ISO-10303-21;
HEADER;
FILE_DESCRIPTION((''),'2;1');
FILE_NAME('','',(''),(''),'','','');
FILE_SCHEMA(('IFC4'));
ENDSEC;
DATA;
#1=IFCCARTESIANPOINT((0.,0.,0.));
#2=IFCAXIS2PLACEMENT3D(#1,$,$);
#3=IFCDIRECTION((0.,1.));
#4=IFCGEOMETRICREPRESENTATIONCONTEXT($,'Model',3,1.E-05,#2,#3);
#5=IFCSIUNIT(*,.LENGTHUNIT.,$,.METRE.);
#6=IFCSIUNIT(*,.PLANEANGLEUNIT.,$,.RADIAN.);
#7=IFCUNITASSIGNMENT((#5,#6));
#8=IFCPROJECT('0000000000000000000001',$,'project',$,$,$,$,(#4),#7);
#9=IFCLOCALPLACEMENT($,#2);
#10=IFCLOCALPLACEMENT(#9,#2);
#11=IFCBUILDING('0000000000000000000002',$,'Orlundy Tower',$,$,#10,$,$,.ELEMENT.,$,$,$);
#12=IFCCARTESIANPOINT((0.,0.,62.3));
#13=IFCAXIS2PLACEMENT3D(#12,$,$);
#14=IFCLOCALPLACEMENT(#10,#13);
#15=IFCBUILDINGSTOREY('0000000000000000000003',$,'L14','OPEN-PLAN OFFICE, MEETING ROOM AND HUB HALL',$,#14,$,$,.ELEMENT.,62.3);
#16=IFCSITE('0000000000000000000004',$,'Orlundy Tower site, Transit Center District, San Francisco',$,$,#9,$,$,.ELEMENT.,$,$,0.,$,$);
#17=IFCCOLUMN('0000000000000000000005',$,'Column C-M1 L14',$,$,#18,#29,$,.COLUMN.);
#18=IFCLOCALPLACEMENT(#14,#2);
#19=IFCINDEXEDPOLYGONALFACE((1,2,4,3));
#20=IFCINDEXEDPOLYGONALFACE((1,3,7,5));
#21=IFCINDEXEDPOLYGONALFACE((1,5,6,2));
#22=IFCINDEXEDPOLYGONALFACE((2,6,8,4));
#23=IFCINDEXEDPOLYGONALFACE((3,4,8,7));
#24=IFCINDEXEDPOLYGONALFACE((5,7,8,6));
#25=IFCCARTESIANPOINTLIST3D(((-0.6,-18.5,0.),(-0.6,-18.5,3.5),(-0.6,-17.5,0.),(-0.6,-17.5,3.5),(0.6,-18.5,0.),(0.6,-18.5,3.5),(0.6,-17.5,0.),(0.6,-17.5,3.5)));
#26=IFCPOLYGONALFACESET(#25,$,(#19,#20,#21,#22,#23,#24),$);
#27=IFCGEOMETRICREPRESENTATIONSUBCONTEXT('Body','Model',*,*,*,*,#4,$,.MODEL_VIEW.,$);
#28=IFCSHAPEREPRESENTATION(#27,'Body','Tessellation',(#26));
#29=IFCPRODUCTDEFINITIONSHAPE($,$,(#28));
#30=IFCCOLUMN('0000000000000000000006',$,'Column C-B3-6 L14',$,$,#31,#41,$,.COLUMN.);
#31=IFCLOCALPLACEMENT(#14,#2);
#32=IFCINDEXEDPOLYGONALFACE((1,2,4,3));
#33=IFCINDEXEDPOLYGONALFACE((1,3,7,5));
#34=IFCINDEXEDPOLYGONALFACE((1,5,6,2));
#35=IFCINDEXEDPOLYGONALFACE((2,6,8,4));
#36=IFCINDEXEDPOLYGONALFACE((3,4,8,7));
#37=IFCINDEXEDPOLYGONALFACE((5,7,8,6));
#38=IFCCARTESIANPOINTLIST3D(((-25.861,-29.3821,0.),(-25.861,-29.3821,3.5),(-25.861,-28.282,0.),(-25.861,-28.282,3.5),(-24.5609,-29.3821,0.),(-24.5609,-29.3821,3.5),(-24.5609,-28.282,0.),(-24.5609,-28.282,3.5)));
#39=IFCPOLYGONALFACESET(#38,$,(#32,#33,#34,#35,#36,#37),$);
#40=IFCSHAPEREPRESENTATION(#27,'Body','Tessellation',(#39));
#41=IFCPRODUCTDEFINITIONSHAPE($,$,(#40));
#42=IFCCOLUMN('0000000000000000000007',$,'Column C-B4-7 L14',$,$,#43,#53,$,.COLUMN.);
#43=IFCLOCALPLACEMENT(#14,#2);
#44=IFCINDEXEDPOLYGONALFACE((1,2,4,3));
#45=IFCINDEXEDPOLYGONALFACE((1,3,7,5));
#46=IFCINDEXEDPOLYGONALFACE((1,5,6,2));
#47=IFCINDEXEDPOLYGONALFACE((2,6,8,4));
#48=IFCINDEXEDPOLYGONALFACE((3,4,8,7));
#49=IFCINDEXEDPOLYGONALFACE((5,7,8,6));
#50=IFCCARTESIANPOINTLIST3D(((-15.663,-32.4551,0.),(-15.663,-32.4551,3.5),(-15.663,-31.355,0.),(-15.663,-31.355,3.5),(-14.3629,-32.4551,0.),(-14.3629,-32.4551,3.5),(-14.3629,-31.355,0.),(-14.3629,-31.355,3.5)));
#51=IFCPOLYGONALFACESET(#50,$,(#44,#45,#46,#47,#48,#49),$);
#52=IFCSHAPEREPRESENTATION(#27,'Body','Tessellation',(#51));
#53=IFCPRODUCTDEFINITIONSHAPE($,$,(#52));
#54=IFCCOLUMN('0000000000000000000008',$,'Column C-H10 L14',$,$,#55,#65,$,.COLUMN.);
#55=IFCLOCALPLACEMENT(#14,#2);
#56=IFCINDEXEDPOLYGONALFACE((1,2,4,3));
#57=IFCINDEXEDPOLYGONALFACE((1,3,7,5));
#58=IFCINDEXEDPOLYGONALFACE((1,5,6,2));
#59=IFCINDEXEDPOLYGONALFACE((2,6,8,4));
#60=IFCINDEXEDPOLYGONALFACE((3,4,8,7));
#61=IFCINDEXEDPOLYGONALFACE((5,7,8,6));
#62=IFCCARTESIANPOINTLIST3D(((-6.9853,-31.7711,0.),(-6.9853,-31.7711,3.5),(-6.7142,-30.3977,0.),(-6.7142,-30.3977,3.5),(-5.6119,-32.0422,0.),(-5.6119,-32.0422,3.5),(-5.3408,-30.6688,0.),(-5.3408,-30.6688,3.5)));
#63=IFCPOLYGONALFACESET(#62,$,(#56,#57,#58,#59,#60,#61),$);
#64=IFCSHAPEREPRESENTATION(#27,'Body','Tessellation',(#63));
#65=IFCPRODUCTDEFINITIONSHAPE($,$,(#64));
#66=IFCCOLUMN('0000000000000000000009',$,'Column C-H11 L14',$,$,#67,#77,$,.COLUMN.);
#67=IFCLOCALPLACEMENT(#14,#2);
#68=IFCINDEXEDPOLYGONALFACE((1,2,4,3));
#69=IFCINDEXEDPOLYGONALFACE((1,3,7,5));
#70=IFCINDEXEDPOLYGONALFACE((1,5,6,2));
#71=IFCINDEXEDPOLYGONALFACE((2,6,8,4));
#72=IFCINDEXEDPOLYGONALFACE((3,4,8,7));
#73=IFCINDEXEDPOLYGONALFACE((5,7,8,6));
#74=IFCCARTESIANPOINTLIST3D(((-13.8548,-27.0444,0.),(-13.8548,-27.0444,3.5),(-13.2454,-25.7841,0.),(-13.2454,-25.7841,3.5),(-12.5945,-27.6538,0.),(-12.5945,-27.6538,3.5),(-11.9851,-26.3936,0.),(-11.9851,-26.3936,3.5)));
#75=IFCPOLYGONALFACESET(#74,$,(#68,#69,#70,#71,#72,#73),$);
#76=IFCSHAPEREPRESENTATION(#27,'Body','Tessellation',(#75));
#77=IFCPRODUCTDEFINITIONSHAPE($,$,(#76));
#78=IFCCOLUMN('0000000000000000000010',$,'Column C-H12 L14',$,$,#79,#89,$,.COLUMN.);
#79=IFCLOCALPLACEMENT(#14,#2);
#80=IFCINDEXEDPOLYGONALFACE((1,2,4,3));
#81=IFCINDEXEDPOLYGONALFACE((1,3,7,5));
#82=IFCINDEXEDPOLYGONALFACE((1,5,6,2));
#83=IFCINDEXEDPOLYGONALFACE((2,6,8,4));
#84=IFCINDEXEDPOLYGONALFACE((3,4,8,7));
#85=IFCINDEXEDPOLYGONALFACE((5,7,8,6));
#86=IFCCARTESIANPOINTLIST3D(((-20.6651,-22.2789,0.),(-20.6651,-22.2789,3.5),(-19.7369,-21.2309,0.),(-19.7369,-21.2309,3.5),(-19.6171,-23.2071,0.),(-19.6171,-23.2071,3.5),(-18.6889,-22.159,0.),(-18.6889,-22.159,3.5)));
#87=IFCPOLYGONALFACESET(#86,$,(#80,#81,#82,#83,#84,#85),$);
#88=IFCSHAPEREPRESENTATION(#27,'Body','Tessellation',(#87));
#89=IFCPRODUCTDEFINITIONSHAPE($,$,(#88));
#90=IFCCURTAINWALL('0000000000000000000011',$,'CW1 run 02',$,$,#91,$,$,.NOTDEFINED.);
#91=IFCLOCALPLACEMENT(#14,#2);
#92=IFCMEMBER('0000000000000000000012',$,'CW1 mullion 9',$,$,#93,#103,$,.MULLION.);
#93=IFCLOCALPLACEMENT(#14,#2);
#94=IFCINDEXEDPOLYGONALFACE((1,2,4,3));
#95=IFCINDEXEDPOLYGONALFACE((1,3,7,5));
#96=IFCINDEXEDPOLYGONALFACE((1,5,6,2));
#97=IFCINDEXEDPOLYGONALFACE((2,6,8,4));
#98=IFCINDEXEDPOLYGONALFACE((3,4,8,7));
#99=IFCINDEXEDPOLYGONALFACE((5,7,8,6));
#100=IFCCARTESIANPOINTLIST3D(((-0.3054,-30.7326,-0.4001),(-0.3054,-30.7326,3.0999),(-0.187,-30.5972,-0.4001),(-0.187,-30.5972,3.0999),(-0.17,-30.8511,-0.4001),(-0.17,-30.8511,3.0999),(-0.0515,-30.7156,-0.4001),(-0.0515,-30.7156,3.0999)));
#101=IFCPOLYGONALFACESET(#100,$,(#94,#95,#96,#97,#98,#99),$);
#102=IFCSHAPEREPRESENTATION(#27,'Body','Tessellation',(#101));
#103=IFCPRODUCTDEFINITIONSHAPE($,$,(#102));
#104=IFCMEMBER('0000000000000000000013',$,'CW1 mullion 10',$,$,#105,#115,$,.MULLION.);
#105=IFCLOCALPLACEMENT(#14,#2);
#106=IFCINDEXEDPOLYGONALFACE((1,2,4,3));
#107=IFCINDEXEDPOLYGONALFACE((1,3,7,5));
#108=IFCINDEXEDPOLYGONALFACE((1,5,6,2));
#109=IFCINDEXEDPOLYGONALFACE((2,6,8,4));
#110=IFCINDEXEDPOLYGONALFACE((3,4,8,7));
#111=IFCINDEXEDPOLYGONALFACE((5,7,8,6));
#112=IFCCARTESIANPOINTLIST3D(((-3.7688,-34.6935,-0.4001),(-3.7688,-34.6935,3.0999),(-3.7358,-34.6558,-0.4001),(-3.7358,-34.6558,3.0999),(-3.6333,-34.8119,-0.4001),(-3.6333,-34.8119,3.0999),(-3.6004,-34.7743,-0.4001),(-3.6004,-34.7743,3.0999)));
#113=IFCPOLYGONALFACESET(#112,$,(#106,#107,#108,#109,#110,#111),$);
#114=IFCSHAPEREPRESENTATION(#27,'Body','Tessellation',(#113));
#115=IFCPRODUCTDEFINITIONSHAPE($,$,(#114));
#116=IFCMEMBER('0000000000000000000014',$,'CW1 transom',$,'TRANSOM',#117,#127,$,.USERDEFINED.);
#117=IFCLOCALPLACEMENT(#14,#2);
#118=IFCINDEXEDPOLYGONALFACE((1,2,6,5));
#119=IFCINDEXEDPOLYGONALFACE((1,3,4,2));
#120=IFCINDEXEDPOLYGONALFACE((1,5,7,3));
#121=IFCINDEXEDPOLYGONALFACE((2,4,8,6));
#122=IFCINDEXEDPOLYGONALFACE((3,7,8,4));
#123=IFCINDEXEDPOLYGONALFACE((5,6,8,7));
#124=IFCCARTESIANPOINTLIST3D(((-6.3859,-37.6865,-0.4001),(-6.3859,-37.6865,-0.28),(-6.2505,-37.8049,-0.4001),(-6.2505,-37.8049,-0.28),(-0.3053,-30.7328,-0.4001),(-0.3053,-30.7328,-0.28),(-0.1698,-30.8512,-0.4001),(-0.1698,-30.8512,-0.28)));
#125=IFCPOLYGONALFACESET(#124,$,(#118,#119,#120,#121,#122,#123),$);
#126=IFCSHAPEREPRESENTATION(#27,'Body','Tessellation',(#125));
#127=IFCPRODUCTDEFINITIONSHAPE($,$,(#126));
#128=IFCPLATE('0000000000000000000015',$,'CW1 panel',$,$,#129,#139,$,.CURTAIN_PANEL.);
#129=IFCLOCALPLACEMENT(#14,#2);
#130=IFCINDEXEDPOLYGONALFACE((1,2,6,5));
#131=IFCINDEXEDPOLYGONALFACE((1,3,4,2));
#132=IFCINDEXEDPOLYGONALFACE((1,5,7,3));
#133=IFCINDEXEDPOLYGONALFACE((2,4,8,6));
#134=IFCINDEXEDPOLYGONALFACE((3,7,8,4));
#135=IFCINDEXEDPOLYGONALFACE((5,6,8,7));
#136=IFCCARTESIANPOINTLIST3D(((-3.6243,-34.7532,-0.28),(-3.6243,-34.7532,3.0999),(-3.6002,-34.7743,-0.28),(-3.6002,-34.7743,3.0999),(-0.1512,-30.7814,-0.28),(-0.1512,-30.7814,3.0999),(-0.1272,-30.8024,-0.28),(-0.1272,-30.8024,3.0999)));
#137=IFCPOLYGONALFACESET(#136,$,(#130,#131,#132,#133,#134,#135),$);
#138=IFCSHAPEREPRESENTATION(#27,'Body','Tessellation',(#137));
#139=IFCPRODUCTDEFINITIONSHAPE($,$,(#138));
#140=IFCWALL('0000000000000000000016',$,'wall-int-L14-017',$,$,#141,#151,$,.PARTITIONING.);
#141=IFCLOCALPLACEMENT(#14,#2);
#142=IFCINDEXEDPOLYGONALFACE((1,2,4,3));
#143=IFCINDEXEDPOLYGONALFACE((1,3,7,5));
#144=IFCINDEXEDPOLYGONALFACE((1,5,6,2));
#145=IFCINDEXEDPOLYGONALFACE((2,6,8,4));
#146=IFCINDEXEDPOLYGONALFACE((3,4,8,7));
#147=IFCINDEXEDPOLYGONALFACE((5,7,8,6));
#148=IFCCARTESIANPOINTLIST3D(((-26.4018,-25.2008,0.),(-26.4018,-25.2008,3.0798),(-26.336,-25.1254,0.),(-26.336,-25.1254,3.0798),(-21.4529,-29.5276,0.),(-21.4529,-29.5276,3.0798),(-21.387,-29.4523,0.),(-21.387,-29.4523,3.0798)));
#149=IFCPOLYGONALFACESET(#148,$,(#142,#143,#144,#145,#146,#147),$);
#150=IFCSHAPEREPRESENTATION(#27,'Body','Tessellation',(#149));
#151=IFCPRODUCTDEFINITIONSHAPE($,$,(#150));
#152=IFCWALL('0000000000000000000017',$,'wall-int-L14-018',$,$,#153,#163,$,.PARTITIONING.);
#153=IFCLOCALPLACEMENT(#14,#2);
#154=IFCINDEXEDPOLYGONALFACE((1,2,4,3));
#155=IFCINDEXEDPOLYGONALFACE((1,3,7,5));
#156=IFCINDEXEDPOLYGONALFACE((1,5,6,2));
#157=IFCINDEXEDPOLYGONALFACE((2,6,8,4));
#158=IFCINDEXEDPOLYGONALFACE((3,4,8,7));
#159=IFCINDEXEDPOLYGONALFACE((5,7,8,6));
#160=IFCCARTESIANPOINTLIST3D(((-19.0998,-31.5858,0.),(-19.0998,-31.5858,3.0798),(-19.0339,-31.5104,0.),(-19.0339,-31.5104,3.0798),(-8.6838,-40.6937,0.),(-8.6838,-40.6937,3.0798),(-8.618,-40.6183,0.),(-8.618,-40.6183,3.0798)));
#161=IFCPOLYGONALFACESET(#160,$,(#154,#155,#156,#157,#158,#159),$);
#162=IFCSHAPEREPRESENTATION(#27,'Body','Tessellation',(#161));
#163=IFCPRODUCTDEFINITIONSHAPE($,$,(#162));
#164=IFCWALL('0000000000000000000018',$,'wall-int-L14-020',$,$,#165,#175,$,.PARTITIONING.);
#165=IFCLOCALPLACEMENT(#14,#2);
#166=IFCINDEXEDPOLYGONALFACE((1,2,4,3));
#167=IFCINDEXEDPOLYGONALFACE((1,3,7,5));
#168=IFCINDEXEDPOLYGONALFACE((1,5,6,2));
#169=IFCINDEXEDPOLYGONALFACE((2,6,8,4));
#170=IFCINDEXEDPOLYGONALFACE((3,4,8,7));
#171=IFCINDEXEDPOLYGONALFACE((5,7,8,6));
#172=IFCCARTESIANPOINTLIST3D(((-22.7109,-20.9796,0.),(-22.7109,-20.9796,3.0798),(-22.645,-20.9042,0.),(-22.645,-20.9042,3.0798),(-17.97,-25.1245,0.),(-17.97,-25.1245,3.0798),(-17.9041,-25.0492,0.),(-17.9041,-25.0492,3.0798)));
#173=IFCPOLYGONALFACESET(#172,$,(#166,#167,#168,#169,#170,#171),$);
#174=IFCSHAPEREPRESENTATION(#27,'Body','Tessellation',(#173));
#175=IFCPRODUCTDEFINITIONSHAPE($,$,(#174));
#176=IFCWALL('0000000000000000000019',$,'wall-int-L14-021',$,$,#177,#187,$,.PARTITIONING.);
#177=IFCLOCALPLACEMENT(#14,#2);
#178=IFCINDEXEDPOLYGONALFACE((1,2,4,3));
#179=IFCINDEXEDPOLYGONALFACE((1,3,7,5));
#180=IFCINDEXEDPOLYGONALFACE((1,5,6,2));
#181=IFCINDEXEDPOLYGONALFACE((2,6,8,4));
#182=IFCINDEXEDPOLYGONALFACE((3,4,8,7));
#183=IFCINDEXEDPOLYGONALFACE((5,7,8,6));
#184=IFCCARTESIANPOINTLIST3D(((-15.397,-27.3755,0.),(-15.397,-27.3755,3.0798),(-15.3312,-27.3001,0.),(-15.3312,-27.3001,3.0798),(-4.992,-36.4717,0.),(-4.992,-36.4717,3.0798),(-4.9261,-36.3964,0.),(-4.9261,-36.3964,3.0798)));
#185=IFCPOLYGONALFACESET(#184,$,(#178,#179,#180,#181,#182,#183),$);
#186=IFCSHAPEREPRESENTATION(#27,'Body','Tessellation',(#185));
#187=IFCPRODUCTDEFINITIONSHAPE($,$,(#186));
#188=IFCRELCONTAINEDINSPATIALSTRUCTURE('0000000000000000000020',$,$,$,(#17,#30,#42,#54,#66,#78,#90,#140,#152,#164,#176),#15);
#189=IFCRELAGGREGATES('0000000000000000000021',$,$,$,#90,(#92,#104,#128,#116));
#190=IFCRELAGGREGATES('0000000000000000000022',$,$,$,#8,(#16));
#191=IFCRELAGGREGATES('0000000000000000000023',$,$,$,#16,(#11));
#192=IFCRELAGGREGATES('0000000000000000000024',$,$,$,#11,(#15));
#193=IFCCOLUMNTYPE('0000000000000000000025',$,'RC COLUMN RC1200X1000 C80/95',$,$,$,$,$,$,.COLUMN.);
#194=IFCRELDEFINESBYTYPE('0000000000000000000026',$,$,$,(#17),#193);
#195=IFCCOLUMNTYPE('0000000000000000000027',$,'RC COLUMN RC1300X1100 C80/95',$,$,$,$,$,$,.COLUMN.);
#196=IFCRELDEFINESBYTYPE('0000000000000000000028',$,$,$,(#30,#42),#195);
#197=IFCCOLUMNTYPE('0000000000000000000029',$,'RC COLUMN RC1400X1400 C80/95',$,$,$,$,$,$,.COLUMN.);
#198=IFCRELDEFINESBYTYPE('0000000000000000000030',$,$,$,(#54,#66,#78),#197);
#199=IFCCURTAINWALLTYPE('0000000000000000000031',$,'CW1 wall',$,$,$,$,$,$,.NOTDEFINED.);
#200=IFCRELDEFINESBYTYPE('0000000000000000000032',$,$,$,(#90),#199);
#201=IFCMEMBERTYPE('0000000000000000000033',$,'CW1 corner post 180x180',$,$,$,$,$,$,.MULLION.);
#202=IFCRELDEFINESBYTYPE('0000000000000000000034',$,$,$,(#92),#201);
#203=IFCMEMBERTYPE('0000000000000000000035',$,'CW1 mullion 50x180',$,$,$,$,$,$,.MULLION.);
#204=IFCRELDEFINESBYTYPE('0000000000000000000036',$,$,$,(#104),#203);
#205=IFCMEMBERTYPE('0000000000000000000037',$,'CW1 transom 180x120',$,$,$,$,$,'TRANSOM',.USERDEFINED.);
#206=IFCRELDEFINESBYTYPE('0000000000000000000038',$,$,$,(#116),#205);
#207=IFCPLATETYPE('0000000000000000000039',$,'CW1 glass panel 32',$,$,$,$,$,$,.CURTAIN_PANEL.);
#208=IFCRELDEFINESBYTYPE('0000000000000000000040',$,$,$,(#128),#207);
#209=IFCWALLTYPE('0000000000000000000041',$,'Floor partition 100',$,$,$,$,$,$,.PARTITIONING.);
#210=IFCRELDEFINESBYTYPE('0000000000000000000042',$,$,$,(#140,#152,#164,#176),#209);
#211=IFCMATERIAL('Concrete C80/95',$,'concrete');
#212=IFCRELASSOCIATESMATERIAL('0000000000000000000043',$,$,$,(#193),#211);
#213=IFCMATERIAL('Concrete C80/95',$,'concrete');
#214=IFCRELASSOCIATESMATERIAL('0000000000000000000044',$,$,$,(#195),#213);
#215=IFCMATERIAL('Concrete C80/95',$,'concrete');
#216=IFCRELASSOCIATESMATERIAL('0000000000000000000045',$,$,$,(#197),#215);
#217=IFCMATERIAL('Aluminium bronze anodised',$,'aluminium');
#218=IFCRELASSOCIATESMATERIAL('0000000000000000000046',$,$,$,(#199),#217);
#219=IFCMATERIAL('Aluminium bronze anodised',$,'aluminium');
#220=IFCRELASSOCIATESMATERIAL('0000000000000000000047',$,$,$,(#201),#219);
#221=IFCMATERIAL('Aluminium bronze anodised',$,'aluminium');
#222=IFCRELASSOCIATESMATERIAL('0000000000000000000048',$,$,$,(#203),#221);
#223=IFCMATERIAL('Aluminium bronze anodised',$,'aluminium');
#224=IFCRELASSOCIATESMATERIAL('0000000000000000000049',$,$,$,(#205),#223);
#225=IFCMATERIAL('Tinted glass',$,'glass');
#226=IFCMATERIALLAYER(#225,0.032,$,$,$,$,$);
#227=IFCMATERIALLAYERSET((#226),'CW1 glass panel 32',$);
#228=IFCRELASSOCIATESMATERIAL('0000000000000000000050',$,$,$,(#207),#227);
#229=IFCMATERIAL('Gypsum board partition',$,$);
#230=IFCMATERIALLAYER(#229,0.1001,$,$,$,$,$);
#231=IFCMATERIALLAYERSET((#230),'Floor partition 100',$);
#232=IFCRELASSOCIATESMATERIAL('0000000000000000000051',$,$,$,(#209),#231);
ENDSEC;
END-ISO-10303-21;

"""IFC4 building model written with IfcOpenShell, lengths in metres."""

from ifc_helpers import new_model, si_unit, direction, frame, frame_2d, origin, origin_2d, place, context, subcontext, project, spatial, rectangle, extrude, material, layer, layer_set, material_profile, profile_set, type_object, element, aggregate, save


model = new_model("IFC4")

# Units and contexts
model_context = context("Model", 3, precision=1e-05, world=origin(), true_north=direction((0.0, 1.0)))
body_context = subcontext(model_context, "Body", "Model", "MODEL_VIEW")
ifc_project = project(units=[si_unit("LENGTHUNIT", "METRE"), si_unit("PLANEANGLEUNIT", "RADIAN")], contexts=[model_context])

# Site, building, storey
site_placement = place(None, origin())
site = spatial("IfcSite", under=ifc_project, at=site_placement, Name="Orlundy Tower site, Transit Center District, San Francisco", CompositionType="ELEMENT", RefElevation=0.0)
building_placement = place(site_placement, origin())
building = spatial("IfcBuilding", under=site, at=building_placement, Name="Orlundy Tower", CompositionType="ELEMENT")
storey_placement = place(building_placement, frame((0.0, 0.0, 62.3)))
storey = spatial("IfcBuildingStorey", under=building, at=storey_placement, Name="L14", Description="OPEN-PLAN OFFICE, MEETING ROOM AND HUB HALL", CompositionType="ELEMENT", Elevation=62.3)

# Columns
ifc_material_1 = material(Name="Concrete C80/95", Category="concrete")
ifc_material_profile_1 = material_profile(ifc_material_1, rectangle(XDim=1.2, YDim=1.0, at=origin_2d()), Name="RC1200X1000")
ifc_profile_set_1 = profile_set([ifc_material_profile_1], Name="Concrete C80/95")
column_type_1 = type_object("IfcColumnType", Name="RC COLUMN RC1200X1000 C80/95", PredefinedType="COLUMN", material=ifc_profile_set_1)
column_placement = place(storey_placement, frame((0.0, -18.0, 0.0), z_axis=(0.0, 0.0, 1.0), x_axis=(1.0, 0.0, 0.0)))
element("IfcColumn", 1, at=column_placement, inside=storey, type_object=column_type_1, Name="Column C-M1 L14", PredefinedType="COLUMN", context=body_context, shape_type="SweptSolid", body=[
    extrude(rectangle(XDim=1.2, YDim=1.0, at=origin_2d()), origin(), (0.0, 0.0, 1.0), 3.5),
])
ifc_material_2 = material(Name="Concrete C80/95", Category="concrete")
ifc_material_profile_2 = material_profile(ifc_material_2, rectangle(XDim=1.3, YDim=1.1001, at=origin_2d()), Name="RC1300X1100")
ifc_profile_set_2 = profile_set([ifc_material_profile_2], Name="Concrete C80/95")
column_type_2 = type_object("IfcColumnType", Name="RC COLUMN RC1300X1100 C80/95", PredefinedType="COLUMN", material=ifc_profile_set_2)
for number, where, z_axis, x_axis, name in (
    (2, (-25.2109, -28.832, 0.0), (0.0, 0.0, 1.0), (1.0, 0.0, 0.0), "Column C-B3-6 L14"),
    (3, (-15.0129, -31.905, 0.0), (0.0, 0.0, 1.0), (1.0, 0.0, 0.0), "Column C-B4-7 L14"),
):
    element("IfcColumn", number, at=place(storey_placement, frame(where, z_axis=z_axis, x_axis=x_axis)), inside=storey, type_object=column_type_2, Name=name, PredefinedType="COLUMN", context=body_context, shape_type="SweptSolid", body=[
        extrude(rectangle(XDim=1.3, YDim=1.1001, at=origin_2d()), origin(), (0.0, 0.0, 1.0), 3.5),
    ])
ifc_material_3 = material(Name="Concrete C80/95", Category="concrete")
ifc_material_profile_3 = material_profile(ifc_material_3, rectangle(XDim=1.3999, YDim=1.3999, at=origin_2d()), Name="RC1400X1400")
ifc_profile_set_3 = profile_set([ifc_material_profile_3], Name="Concrete C80/95")
column_type_3 = type_object("IfcColumnType", Name="RC COLUMN RC1400X1400 C80/95", PredefinedType="COLUMN", material=ifc_profile_set_3)
for number, where, z_axis, x_axis, name in (
    (4, (-6.1631, -31.22, 0.0), (0.0, 0.0, 1.0), (-0.193669, -0.981067, 0.0), "Column C-H10 L14"),
    (5, (-12.9199, -26.719, 0.0), (0.0, 0.0, 1.0), (-0.435325, -0.900273, 0.0), "Column C-H11 L14"),
    (6, (-19.677, -22.219, 0.0), (0.0, 0.0, 1.0), (-0.662986, -0.748632, 0.0), "Column C-H12 L14"),
):
    element("IfcColumn", number, at=place(storey_placement, frame(where, z_axis=z_axis, x_axis=x_axis)), inside=storey, type_object=column_type_3, Name=name, PredefinedType="COLUMN", context=body_context, shape_type="SweptSolid", body=[
        extrude(rectangle(XDim=1.3999, YDim=1.3999, at=origin_2d()), origin(), (0.0, 0.0, 1.0), 3.5),
    ])

# Curtain wall, members, plate
ifc_material_4 = material(Name="Aluminium bronze anodised", Category="aluminium")
curtain_wall_type = type_object("IfcCurtainWallType", Name="CW1 wall", PredefinedType="NOTDEFINED", material=ifc_material_4)
curtain_wall_placement = place(storey_placement, origin())
curtain_wall = element("IfcCurtainWall", 7, at=curtain_wall_placement, inside=storey, type_object=curtain_wall_type, Name="CW1 run 02", PredefinedType="NOTDEFINED")
ifc_material_5 = material(Name="Aluminium bronze anodised", Category="aluminium")
ifc_material_profile_4 = material_profile(ifc_material_5, rectangle(XDim=0.1799, YDim=0.1799, at=origin_2d()), Name="CW1 corner post 180x180")
ifc_profile_set_4 = profile_set([ifc_material_profile_4], Name="Aluminium bronze anodised")
member_type_1 = type_object("IfcMemberType", Name="CW1 corner post 180x180", PredefinedType="MULLION", material=ifc_profile_set_4)
member_1_placement = place(storey_placement, frame((-0.1785, -30.7241, -0.4001), z_axis=(0.0, 0.0, 1.0), x_axis=(0.752792, -0.658259, 0.0)))
member_1 = element("IfcMember", 8, at=member_1_placement, type_object=member_type_1, Name="CW1 mullion 9", PredefinedType="MULLION", context=body_context, shape_type="SweptSolid", body=[
    extrude(rectangle(XDim=0.1799, YDim=0.1799, at=origin_2d()), origin(), (0.0, 0.0, 1.0), 3.5),
])
ifc_material_6 = material(Name="Aluminium bronze anodised", Category="aluminium")
ifc_material_profile_5 = material_profile(ifc_material_6, rectangle(XDim=0.1799, YDim=0.05, at=origin_2d()), Name="CW1 mullion 50x180")
ifc_profile_set_5 = profile_set([ifc_material_profile_5], Name="Aluminium bronze anodised")
member_type_2 = type_object("IfcMemberType", Name="CW1 mullion 50x180", PredefinedType="MULLION", material=ifc_profile_set_5)
member_2_placement = place(storey_placement, frame((-3.6846, -34.7339, -0.4001), z_axis=(0.0, 0.0, 1.0), x_axis=(0.752792, -0.658259, 0.0)))
member_2 = element("IfcMember", 9, at=member_2_placement, type_object=member_type_2, Name="CW1 mullion 10", PredefinedType="MULLION", context=body_context, shape_type="SweptSolid", body=[
    extrude(rectangle(XDim=0.1799, YDim=0.05, at=origin_2d()), origin(), (0.0, 0.0, 1.0), 3.5),
])
ifc_material_7 = material(Name="Aluminium bronze anodised", Category="aluminium")
ifc_material_profile_6 = material_profile(ifc_material_7, rectangle(XDim=0.1799, YDim=0.1201, at=origin_2d()), Name="CW1 transom 180x120")
ifc_profile_set_6 = profile_set([ifc_material_profile_6], Name="Aluminium bronze anodised")
member_type_3 = type_object("IfcMemberType", Name="CW1 transom 180x120", ElementType="TRANSOM", PredefinedType="USERDEFINED", material=ifc_profile_set_6)
member_3_placement = place(storey_placement, frame((-0.2375, -30.792, -0.3401), z_axis=(-0.658269, -0.752783, 0.0), x_axis=(0.752783, -0.658269, 0.0)))
member_3 = element("IfcMember", 10, at=member_3_placement, type_object=member_type_3, Name="CW1 transom", ObjectType="TRANSOM", PredefinedType="USERDEFINED", context=body_context, shape_type="SweptSolid", body=[
    extrude(rectangle(XDim=0.1799, YDim=0.1201, at=origin_2d()), origin(), (0.0, 0.0, 1.0), 9.2373),
])
ifc_material_8 = material(Name="Tinted glass", Category="glass")
ifc_layer_1 = layer(ifc_material_8, 0.032)
ifc_layer_set_1 = layer_set([ifc_layer_1], Name="CW1 glass panel 32")
plate_type = type_object("IfcPlateType", Name="CW1 glass panel 32", PredefinedType="CURTAIN_PANEL", material=ifc_layer_set_1)
plate_placement = place(storey_placement, frame((-1.8757, -32.7778, -0.28), z_axis=(0.0, 0.0, 1.0), x_axis=(-0.658259, -0.752792, 0.0)))
plate = element("IfcPlate", 11, at=plate_placement, type_object=plate_type, Name="CW1 panel", PredefinedType="CURTAIN_PANEL", context=body_context, shape_type="SweptSolid", body=[
    extrude(rectangle(XDim=5.2761, YDim=0.032, at=origin_2d()), origin(), (0.0, 0.0, 1.0), 3.3799),
])
aggregate(curtain_wall, [member_1, member_2, plate, member_3])

# Walls
ifc_material_9 = material(Name="Gypsum board partition")
ifc_layer_2 = layer(ifc_material_9, 0.1001)
ifc_layer_set_2 = layer_set([ifc_layer_2], Name="Floor partition 100")
wall_type_1 = type_object("IfcWallType", Name="Floor partition 100", PredefinedType="PARTITIONING", material=ifc_layer_set_2)
wall_1_placement = place(storey_placement, frame((-26.3689, -25.1631, 0.0), z_axis=(0.0, 0.0, 1.0), x_axis=(0.752837, -0.658207, 0.0)))
element("IfcWall", 12, at=wall_1_placement, inside=storey, type_object=wall_type_1, Name="wall-int-L14-017", PredefinedType="PARTITIONING", context=body_context, shape_type="SweptSolid", body=[
    extrude(rectangle(XDim=6.5737, YDim=0.1001, at=frame_2d((3.2869, 0.0))), origin(), (0.0, 0.0, 1.0), 3.0798),
])
wall_2_placement = place(storey_placement, frame((-19.0669, -31.5481, 0.0), z_axis=(0.0, 0.0, 1.0), x_axis=(0.752795, -0.658255, 0.0)))
element("IfcWall", 13, at=wall_2_placement, inside=storey, type_object=wall_type_1, Name="wall-int-L14-018", PredefinedType="PARTITIONING", context=body_context, shape_type="SweptSolid", body=[
    extrude(rectangle(XDim=13.8364, YDim=0.1001, at=frame_2d((6.9182, 0.0))), origin(), (0.0, 0.0, 1.0), 3.0798),
])
wall_3_placement = place(storey_placement, frame((-22.678, -20.9419, 0.0), z_axis=(0.0, 0.0, 1.0), x_axis=(0.752838, -0.658205, 0.0)))
element("IfcWall", 14, at=wall_3_placement, inside=storey, type_object=wall_type_1, Name="wall-int-L14-020", PredefinedType="PARTITIONING", context=body_context, shape_type="SweptSolid", body=[
    extrude(rectangle(XDim=6.2974, YDim=0.1001, at=frame_2d((3.1487, 0.0))), origin(), (0.0, 0.0, 1.0), 3.0798),
])
wall_4_placement = place(storey_placement, frame((-15.364, -27.3379, 0.0), z_axis=(0.0, 0.0, 1.0), x_axis=(0.752871, -0.658168, 0.0)))
element("IfcWall", 15, at=wall_4_placement, inside=storey, type_object=wall_type_1, Name="wall-int-L14-021", PredefinedType="PARTITIONING", context=body_context, shape_type="SweptSolid", body=[
    extrude(rectangle(XDim=13.8206, YDim=0.1001, at=frame_2d((6.9102, 0.0))), origin(), (0.0, 0.0, 1.0), 3.0798),
])

save(model, "model.ifc")
